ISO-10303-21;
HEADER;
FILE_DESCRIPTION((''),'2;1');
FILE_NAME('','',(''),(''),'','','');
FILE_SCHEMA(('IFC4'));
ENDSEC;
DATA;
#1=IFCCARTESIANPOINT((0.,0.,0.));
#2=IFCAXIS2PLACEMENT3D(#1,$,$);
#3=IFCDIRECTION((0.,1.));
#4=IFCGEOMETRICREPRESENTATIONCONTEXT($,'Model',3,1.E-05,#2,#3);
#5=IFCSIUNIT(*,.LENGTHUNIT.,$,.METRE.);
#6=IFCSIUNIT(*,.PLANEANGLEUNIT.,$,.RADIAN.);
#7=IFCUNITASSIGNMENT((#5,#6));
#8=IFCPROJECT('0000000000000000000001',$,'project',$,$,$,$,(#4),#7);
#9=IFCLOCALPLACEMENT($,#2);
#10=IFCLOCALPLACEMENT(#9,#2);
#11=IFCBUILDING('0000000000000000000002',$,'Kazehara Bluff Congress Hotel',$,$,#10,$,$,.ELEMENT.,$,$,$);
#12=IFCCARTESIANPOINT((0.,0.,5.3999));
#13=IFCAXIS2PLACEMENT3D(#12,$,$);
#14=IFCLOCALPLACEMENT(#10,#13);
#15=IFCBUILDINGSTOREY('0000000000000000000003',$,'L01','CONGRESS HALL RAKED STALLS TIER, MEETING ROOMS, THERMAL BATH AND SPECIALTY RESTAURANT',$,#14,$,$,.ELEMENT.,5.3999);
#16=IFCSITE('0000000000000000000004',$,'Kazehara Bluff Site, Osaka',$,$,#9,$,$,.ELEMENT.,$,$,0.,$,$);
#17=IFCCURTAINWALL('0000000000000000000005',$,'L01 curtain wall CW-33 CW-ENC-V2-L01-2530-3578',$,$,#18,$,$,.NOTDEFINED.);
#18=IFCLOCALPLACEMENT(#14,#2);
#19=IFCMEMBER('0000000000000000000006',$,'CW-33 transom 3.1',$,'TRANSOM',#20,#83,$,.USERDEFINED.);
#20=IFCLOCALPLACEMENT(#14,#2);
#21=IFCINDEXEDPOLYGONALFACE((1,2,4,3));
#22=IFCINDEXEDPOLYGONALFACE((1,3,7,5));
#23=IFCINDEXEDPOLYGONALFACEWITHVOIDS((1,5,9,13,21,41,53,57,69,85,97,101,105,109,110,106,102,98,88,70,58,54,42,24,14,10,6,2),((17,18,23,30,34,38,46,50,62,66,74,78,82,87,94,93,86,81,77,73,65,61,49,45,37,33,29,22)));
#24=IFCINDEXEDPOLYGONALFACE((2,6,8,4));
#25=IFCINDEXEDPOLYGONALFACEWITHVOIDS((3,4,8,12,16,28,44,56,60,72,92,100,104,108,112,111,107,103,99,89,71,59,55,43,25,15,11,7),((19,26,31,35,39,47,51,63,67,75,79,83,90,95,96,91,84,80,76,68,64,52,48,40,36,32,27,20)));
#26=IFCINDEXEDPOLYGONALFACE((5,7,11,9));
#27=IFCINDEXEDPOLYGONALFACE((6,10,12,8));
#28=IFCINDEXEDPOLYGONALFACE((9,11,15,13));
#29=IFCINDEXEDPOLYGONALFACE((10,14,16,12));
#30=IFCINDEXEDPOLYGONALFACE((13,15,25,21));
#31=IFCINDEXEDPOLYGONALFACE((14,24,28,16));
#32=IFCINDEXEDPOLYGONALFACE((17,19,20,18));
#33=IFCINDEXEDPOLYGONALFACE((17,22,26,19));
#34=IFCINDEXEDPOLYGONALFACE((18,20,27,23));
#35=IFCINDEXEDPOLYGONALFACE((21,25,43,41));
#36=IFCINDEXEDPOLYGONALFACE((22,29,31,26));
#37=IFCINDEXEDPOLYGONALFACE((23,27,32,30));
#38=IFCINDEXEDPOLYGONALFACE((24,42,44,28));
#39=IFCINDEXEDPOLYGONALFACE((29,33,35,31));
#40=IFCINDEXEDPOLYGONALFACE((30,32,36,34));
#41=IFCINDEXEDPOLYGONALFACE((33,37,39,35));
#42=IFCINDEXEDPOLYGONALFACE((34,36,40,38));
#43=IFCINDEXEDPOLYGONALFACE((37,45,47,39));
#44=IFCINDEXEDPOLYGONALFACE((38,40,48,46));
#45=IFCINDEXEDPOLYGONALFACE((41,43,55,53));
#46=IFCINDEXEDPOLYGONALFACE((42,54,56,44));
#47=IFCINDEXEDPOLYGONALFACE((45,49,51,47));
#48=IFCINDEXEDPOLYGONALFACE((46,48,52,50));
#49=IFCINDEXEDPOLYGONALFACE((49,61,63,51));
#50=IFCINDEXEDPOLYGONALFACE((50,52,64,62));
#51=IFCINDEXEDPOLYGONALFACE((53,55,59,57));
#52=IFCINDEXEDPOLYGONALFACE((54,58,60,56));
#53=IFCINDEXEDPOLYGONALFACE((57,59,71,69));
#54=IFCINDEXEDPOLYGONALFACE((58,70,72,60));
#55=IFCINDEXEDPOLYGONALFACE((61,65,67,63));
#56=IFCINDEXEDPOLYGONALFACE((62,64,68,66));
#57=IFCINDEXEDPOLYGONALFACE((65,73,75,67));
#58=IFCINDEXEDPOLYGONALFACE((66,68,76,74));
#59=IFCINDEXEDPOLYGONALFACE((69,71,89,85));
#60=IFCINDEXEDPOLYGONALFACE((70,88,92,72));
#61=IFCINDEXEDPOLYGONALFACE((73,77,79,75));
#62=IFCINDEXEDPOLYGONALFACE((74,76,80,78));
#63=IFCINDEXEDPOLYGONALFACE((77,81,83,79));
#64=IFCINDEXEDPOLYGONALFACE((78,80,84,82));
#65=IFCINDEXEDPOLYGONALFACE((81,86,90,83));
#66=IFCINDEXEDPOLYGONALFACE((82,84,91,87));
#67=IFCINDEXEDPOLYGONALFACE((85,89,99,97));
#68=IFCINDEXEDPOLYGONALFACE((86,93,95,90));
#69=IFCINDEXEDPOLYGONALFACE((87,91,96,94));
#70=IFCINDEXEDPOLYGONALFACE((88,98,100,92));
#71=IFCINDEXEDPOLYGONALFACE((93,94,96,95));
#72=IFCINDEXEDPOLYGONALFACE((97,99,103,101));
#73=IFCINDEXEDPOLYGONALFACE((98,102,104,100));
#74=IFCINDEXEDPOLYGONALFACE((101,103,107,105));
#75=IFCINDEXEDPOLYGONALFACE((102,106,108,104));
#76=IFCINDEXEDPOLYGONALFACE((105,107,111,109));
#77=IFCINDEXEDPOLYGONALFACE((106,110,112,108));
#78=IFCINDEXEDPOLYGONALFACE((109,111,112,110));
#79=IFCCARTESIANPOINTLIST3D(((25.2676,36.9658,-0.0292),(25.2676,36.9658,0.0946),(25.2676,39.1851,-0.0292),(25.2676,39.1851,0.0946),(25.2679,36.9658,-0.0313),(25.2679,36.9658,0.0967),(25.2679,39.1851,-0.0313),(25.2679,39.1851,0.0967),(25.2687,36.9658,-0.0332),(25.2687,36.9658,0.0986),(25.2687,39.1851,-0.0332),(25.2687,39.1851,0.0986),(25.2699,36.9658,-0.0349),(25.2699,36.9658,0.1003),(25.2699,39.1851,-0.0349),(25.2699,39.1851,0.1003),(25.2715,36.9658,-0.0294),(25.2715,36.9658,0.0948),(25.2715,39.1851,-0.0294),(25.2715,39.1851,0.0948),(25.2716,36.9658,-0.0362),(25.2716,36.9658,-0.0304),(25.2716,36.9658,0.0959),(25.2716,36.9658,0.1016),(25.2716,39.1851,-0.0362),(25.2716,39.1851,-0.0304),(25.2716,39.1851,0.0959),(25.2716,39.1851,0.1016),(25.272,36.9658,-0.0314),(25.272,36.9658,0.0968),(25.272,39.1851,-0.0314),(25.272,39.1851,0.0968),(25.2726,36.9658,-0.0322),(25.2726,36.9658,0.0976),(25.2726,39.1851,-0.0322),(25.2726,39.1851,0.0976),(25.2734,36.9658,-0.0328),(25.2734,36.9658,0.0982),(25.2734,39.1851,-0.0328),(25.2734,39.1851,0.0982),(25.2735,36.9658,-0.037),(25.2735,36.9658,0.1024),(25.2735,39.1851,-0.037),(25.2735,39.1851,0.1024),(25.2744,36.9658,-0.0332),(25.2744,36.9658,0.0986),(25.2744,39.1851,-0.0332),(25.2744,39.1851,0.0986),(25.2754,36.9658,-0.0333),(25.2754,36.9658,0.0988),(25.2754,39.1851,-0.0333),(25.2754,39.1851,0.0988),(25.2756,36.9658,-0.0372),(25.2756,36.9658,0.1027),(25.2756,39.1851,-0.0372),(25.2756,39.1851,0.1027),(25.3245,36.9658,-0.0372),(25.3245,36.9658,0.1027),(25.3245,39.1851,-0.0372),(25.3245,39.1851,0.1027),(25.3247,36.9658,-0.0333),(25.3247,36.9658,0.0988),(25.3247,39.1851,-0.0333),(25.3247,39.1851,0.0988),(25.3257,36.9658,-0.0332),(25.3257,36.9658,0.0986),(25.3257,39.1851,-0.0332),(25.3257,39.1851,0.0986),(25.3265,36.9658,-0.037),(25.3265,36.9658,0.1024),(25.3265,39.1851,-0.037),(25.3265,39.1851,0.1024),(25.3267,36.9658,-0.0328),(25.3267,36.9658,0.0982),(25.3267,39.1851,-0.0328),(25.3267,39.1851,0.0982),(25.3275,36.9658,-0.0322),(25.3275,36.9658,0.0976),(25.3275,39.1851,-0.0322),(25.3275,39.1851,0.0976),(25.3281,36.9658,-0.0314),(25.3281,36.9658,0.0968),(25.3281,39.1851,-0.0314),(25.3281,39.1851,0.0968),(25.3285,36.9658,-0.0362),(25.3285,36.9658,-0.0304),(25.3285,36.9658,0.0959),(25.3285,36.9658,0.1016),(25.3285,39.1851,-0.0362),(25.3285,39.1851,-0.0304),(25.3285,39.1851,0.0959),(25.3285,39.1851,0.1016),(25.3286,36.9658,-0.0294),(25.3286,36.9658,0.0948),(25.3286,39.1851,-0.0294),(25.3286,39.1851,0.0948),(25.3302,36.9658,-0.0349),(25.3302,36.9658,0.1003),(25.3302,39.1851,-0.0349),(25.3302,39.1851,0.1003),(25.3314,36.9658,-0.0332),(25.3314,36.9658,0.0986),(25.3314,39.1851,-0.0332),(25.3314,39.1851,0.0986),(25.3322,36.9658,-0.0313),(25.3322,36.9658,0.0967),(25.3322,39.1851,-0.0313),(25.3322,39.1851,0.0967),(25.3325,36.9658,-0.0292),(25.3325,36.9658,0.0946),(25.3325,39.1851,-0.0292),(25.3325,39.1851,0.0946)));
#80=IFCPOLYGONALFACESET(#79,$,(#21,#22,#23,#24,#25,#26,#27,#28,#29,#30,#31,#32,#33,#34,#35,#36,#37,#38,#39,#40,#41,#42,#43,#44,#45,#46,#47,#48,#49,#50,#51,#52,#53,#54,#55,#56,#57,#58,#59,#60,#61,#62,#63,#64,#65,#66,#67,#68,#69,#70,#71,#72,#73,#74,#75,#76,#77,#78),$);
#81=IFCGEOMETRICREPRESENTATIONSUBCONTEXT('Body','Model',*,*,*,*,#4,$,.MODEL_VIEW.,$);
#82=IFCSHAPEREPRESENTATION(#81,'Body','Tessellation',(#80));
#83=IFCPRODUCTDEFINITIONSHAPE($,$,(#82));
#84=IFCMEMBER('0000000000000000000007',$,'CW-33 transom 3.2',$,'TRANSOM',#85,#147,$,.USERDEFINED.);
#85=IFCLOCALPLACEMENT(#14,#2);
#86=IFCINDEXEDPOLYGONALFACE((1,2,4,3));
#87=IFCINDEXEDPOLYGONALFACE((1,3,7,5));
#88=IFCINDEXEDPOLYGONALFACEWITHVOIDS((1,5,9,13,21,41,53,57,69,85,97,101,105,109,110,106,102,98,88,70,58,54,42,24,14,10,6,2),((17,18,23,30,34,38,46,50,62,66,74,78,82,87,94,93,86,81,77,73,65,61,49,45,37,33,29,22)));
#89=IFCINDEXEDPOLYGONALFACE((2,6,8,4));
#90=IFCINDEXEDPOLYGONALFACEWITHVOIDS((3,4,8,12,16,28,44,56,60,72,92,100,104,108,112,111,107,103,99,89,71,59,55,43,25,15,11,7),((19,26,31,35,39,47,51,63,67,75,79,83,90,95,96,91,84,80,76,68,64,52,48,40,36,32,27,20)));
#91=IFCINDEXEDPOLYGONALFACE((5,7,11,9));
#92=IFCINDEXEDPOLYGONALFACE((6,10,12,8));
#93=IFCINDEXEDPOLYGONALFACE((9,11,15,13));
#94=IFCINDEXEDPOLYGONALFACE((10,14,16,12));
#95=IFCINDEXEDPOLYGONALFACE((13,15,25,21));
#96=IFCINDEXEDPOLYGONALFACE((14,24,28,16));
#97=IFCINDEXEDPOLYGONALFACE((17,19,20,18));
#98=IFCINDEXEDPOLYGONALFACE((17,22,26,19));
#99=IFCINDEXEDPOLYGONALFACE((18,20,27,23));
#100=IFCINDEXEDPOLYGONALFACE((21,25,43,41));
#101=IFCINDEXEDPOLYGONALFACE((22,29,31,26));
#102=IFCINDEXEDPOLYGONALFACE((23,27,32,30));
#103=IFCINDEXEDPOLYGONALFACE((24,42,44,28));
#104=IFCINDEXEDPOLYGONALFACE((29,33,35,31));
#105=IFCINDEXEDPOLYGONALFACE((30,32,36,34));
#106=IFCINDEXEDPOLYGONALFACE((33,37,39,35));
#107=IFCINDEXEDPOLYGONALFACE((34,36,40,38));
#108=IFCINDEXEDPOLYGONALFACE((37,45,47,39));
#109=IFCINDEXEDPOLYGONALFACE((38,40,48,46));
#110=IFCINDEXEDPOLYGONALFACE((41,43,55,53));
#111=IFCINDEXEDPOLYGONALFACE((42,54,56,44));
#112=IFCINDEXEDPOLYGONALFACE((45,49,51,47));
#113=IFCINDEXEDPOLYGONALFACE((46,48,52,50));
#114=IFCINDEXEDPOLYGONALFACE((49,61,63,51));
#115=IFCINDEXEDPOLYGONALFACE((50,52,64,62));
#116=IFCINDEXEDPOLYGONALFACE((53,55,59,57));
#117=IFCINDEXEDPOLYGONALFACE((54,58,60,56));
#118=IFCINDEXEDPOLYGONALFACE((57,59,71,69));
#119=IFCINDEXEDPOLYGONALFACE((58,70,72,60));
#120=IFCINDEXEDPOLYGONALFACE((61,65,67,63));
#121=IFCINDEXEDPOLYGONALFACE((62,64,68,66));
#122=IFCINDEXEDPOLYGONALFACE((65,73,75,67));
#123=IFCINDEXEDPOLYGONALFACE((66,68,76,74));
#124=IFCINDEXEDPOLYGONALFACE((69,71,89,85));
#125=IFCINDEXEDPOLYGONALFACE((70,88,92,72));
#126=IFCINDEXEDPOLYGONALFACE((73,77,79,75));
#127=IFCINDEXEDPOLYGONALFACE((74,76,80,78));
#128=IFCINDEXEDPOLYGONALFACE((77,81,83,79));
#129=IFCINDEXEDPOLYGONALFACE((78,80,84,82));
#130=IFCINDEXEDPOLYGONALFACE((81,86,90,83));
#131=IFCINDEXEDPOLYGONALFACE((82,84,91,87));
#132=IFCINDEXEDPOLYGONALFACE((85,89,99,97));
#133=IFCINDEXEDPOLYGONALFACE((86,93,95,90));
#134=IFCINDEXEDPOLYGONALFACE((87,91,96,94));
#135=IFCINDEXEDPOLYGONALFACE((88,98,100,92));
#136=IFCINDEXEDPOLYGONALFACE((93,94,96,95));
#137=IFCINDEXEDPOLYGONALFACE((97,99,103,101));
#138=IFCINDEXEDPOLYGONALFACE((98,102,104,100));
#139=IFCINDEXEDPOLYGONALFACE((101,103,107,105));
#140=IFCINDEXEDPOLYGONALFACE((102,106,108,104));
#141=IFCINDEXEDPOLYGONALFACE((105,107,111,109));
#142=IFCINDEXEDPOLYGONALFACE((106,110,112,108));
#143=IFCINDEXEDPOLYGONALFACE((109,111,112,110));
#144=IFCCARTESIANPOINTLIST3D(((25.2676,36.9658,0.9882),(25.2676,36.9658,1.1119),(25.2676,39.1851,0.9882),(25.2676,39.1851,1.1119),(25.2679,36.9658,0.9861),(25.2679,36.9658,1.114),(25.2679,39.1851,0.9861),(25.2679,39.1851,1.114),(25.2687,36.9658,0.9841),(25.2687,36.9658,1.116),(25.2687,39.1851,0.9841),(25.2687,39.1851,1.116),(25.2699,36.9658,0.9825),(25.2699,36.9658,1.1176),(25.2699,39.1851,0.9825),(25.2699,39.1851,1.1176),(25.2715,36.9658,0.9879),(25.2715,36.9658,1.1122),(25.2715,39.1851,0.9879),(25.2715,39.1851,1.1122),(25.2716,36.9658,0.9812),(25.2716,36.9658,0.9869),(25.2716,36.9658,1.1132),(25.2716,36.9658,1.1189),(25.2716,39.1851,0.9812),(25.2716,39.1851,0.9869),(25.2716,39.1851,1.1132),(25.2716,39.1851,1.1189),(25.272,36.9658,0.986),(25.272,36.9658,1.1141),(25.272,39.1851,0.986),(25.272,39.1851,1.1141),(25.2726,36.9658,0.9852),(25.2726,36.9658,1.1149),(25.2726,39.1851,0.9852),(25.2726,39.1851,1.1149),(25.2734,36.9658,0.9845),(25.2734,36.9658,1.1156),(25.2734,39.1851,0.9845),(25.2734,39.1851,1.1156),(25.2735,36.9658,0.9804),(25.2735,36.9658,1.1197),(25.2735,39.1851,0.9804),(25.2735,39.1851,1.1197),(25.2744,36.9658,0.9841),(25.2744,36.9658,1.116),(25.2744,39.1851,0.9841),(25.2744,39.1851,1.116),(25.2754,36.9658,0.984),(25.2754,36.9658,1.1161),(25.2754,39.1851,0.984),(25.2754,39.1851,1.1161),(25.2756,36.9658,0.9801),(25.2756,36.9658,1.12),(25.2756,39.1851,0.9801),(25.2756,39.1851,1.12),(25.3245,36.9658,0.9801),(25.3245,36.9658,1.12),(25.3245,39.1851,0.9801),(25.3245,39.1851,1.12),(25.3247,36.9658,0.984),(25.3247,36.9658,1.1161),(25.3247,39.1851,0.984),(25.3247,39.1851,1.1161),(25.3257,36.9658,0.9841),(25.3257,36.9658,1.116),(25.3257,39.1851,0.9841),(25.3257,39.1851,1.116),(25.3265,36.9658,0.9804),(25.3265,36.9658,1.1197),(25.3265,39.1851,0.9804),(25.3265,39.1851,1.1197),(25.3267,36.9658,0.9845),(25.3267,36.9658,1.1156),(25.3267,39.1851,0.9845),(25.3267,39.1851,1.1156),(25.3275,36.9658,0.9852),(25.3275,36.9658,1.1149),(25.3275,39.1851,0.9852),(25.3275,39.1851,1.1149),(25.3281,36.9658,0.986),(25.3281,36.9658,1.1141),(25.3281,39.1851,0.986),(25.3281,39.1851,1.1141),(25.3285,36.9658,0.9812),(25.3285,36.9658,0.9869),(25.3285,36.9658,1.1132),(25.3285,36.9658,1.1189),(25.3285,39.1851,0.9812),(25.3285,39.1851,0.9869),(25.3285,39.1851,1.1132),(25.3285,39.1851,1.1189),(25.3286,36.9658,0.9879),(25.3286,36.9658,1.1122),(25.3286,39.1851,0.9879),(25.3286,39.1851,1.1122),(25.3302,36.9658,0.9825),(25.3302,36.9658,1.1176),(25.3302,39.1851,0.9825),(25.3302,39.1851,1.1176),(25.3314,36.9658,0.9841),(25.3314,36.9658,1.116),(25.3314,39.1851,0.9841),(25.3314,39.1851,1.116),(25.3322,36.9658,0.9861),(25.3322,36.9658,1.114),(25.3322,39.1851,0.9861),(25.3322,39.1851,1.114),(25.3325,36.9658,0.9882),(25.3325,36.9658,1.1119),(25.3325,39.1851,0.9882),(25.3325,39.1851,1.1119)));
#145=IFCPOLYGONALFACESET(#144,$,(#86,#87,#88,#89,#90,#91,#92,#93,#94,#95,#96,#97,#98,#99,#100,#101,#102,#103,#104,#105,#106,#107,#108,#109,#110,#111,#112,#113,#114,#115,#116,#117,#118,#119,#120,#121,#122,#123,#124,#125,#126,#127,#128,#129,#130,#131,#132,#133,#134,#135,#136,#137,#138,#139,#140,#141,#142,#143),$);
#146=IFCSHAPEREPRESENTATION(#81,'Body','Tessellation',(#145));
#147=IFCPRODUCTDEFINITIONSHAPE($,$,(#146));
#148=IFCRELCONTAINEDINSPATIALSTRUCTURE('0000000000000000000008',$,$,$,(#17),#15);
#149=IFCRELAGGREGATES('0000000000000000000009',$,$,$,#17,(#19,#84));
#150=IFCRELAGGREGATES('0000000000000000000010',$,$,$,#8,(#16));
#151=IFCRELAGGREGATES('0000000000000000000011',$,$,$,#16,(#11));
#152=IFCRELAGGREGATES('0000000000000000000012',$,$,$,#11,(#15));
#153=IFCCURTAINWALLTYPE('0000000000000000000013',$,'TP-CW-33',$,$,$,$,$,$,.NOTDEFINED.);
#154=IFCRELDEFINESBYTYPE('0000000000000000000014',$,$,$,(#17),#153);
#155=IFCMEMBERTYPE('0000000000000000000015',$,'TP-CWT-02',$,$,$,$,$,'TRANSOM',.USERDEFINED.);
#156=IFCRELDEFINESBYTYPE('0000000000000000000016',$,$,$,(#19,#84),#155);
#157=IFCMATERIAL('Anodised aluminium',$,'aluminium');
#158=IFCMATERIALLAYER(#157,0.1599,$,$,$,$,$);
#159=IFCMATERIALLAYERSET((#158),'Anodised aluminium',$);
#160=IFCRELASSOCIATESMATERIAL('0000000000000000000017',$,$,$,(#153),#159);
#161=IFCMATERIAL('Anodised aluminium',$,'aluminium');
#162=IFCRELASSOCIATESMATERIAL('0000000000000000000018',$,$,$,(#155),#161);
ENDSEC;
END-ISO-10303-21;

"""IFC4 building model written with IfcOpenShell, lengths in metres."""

from ifc_helpers import new_model, si_unit, direction, frame, origin, origin_2d, place, context, subcontext, project, spatial, hollow_rectangle, extrude, material, layer, layer_set, material_profile, profile_set, type_object, element, aggregate, save


model = new_model("IFC4")

# Units and contexts
model_context = context("Model", 3, precision=1e-05, world=origin(), true_north=direction((0.0, 1.0)))
body_context = subcontext(model_context, "Body", "Model", "MODEL_VIEW")
ifc_project = project(units=[si_unit("LENGTHUNIT", "METRE"), si_unit("PLANEANGLEUNIT", "RADIAN")], contexts=[model_context])

# Site, building, storey
site_placement = place(None, origin())
site = spatial("IfcSite", under=ifc_project, at=site_placement, Name="Kazehara Bluff Site, Osaka", CompositionType="ELEMENT", RefElevation=0.0)
building_placement = place(site_placement, origin())
building = spatial("IfcBuilding", under=site, at=building_placement, Name="Kazehara Bluff Congress Hotel", CompositionType="ELEMENT")
storey_placement = place(building_placement, frame((0.0, 0.0, 5.3999)))
storey = spatial("IfcBuildingStorey", under=building, at=storey_placement, Name="L01", Description="CONGRESS HALL RAKED STALLS TIER, MEETING ROOMS, THERMAL BATH AND SPECIALTY RESTAURANT", CompositionType="ELEMENT", Elevation=5.3999)

# Curtain wall
ifc_material_1 = material(Name="Anodised aluminium", Category="aluminium")
ifc_layer_1 = layer(ifc_material_1, 0.1599)
ifc_layer_set_1 = layer_set([ifc_layer_1], Name="Anodised aluminium")
curtain_wall_type_1 = type_object("IfcCurtainWallType", Name="TP-CW-33", PredefinedType="NOTDEFINED", material=ifc_layer_set_1)
curtain_wall_1_placement = place(storey_placement, origin())
curtain_wall_1 = element("IfcCurtainWall", 1, at=curtain_wall_1_placement, inside=storey, type_object=curtain_wall_type_1, Name="L01 curtain wall CW-33 CW-ENC-V2-L01-2530-3578", PredefinedType="NOTDEFINED")

# Members
ifc_material_2 = material(Name="Anodised aluminium", Category="aluminium")
ifc_material_profile_1 = material_profile(ifc_material_2, hollow_rectangle(XDim=0.0649, YDim=0.1399, WallThickness=0.0039, InnerFilletRadius=0.0039, OuterFilletRadius=0.0081, at=origin_2d()))
ifc_profile_set_1 = profile_set([ifc_material_profile_1], Name="Anodised aluminium")
member_type_1 = type_object("IfcMemberType", Name="TP-CWT-02", ElementType="TRANSOM", PredefinedType="USERDEFINED", material=ifc_profile_set_1)
member_1_placement = place(storey_placement, frame((25.3, 36.9658, 0.0327), z_axis=(0.0, 1.0, 0.0), x_axis=(-1.0, 0.0, 0.0)))
member_1 = element("IfcMember", 2, at=member_1_placement, type_object=member_type_1, Name="CW-33 transom 3.1", ObjectType="TRANSOM", PredefinedType="USERDEFINED", context=body_context, shape_type="SweptSolid", body=[
    extrude(hollow_rectangle(XDim=0.0649, YDim=0.1399, WallThickness=0.0039, InnerFilletRadius=0.0039, OuterFilletRadius=0.0081, at=origin_2d()), origin(), (0.0, 0.0, 1.0), 2.2192),
])
member_2_placement = place(storey_placement, frame((25.3, 36.9658, 1.05), z_axis=(0.0, 1.0, 0.0), x_axis=(-1.0, 0.0, 0.0)))
member_2 = element("IfcMember", 3, at=member_2_placement, type_object=member_type_1, Name="CW-33 transom 3.2", ObjectType="TRANSOM", PredefinedType="USERDEFINED", context=body_context, shape_type="SweptSolid", body=[
    extrude(hollow_rectangle(XDim=0.0649, YDim=0.1399, WallThickness=0.0039, InnerFilletRadius=0.0039, OuterFilletRadius=0.0081, at=origin_2d()), origin(), (0.0, 0.0, 1.0), 2.2192),
])

aggregate(curtain_wall_1, [member_1, member_2])

save(model, "model.ifc")
